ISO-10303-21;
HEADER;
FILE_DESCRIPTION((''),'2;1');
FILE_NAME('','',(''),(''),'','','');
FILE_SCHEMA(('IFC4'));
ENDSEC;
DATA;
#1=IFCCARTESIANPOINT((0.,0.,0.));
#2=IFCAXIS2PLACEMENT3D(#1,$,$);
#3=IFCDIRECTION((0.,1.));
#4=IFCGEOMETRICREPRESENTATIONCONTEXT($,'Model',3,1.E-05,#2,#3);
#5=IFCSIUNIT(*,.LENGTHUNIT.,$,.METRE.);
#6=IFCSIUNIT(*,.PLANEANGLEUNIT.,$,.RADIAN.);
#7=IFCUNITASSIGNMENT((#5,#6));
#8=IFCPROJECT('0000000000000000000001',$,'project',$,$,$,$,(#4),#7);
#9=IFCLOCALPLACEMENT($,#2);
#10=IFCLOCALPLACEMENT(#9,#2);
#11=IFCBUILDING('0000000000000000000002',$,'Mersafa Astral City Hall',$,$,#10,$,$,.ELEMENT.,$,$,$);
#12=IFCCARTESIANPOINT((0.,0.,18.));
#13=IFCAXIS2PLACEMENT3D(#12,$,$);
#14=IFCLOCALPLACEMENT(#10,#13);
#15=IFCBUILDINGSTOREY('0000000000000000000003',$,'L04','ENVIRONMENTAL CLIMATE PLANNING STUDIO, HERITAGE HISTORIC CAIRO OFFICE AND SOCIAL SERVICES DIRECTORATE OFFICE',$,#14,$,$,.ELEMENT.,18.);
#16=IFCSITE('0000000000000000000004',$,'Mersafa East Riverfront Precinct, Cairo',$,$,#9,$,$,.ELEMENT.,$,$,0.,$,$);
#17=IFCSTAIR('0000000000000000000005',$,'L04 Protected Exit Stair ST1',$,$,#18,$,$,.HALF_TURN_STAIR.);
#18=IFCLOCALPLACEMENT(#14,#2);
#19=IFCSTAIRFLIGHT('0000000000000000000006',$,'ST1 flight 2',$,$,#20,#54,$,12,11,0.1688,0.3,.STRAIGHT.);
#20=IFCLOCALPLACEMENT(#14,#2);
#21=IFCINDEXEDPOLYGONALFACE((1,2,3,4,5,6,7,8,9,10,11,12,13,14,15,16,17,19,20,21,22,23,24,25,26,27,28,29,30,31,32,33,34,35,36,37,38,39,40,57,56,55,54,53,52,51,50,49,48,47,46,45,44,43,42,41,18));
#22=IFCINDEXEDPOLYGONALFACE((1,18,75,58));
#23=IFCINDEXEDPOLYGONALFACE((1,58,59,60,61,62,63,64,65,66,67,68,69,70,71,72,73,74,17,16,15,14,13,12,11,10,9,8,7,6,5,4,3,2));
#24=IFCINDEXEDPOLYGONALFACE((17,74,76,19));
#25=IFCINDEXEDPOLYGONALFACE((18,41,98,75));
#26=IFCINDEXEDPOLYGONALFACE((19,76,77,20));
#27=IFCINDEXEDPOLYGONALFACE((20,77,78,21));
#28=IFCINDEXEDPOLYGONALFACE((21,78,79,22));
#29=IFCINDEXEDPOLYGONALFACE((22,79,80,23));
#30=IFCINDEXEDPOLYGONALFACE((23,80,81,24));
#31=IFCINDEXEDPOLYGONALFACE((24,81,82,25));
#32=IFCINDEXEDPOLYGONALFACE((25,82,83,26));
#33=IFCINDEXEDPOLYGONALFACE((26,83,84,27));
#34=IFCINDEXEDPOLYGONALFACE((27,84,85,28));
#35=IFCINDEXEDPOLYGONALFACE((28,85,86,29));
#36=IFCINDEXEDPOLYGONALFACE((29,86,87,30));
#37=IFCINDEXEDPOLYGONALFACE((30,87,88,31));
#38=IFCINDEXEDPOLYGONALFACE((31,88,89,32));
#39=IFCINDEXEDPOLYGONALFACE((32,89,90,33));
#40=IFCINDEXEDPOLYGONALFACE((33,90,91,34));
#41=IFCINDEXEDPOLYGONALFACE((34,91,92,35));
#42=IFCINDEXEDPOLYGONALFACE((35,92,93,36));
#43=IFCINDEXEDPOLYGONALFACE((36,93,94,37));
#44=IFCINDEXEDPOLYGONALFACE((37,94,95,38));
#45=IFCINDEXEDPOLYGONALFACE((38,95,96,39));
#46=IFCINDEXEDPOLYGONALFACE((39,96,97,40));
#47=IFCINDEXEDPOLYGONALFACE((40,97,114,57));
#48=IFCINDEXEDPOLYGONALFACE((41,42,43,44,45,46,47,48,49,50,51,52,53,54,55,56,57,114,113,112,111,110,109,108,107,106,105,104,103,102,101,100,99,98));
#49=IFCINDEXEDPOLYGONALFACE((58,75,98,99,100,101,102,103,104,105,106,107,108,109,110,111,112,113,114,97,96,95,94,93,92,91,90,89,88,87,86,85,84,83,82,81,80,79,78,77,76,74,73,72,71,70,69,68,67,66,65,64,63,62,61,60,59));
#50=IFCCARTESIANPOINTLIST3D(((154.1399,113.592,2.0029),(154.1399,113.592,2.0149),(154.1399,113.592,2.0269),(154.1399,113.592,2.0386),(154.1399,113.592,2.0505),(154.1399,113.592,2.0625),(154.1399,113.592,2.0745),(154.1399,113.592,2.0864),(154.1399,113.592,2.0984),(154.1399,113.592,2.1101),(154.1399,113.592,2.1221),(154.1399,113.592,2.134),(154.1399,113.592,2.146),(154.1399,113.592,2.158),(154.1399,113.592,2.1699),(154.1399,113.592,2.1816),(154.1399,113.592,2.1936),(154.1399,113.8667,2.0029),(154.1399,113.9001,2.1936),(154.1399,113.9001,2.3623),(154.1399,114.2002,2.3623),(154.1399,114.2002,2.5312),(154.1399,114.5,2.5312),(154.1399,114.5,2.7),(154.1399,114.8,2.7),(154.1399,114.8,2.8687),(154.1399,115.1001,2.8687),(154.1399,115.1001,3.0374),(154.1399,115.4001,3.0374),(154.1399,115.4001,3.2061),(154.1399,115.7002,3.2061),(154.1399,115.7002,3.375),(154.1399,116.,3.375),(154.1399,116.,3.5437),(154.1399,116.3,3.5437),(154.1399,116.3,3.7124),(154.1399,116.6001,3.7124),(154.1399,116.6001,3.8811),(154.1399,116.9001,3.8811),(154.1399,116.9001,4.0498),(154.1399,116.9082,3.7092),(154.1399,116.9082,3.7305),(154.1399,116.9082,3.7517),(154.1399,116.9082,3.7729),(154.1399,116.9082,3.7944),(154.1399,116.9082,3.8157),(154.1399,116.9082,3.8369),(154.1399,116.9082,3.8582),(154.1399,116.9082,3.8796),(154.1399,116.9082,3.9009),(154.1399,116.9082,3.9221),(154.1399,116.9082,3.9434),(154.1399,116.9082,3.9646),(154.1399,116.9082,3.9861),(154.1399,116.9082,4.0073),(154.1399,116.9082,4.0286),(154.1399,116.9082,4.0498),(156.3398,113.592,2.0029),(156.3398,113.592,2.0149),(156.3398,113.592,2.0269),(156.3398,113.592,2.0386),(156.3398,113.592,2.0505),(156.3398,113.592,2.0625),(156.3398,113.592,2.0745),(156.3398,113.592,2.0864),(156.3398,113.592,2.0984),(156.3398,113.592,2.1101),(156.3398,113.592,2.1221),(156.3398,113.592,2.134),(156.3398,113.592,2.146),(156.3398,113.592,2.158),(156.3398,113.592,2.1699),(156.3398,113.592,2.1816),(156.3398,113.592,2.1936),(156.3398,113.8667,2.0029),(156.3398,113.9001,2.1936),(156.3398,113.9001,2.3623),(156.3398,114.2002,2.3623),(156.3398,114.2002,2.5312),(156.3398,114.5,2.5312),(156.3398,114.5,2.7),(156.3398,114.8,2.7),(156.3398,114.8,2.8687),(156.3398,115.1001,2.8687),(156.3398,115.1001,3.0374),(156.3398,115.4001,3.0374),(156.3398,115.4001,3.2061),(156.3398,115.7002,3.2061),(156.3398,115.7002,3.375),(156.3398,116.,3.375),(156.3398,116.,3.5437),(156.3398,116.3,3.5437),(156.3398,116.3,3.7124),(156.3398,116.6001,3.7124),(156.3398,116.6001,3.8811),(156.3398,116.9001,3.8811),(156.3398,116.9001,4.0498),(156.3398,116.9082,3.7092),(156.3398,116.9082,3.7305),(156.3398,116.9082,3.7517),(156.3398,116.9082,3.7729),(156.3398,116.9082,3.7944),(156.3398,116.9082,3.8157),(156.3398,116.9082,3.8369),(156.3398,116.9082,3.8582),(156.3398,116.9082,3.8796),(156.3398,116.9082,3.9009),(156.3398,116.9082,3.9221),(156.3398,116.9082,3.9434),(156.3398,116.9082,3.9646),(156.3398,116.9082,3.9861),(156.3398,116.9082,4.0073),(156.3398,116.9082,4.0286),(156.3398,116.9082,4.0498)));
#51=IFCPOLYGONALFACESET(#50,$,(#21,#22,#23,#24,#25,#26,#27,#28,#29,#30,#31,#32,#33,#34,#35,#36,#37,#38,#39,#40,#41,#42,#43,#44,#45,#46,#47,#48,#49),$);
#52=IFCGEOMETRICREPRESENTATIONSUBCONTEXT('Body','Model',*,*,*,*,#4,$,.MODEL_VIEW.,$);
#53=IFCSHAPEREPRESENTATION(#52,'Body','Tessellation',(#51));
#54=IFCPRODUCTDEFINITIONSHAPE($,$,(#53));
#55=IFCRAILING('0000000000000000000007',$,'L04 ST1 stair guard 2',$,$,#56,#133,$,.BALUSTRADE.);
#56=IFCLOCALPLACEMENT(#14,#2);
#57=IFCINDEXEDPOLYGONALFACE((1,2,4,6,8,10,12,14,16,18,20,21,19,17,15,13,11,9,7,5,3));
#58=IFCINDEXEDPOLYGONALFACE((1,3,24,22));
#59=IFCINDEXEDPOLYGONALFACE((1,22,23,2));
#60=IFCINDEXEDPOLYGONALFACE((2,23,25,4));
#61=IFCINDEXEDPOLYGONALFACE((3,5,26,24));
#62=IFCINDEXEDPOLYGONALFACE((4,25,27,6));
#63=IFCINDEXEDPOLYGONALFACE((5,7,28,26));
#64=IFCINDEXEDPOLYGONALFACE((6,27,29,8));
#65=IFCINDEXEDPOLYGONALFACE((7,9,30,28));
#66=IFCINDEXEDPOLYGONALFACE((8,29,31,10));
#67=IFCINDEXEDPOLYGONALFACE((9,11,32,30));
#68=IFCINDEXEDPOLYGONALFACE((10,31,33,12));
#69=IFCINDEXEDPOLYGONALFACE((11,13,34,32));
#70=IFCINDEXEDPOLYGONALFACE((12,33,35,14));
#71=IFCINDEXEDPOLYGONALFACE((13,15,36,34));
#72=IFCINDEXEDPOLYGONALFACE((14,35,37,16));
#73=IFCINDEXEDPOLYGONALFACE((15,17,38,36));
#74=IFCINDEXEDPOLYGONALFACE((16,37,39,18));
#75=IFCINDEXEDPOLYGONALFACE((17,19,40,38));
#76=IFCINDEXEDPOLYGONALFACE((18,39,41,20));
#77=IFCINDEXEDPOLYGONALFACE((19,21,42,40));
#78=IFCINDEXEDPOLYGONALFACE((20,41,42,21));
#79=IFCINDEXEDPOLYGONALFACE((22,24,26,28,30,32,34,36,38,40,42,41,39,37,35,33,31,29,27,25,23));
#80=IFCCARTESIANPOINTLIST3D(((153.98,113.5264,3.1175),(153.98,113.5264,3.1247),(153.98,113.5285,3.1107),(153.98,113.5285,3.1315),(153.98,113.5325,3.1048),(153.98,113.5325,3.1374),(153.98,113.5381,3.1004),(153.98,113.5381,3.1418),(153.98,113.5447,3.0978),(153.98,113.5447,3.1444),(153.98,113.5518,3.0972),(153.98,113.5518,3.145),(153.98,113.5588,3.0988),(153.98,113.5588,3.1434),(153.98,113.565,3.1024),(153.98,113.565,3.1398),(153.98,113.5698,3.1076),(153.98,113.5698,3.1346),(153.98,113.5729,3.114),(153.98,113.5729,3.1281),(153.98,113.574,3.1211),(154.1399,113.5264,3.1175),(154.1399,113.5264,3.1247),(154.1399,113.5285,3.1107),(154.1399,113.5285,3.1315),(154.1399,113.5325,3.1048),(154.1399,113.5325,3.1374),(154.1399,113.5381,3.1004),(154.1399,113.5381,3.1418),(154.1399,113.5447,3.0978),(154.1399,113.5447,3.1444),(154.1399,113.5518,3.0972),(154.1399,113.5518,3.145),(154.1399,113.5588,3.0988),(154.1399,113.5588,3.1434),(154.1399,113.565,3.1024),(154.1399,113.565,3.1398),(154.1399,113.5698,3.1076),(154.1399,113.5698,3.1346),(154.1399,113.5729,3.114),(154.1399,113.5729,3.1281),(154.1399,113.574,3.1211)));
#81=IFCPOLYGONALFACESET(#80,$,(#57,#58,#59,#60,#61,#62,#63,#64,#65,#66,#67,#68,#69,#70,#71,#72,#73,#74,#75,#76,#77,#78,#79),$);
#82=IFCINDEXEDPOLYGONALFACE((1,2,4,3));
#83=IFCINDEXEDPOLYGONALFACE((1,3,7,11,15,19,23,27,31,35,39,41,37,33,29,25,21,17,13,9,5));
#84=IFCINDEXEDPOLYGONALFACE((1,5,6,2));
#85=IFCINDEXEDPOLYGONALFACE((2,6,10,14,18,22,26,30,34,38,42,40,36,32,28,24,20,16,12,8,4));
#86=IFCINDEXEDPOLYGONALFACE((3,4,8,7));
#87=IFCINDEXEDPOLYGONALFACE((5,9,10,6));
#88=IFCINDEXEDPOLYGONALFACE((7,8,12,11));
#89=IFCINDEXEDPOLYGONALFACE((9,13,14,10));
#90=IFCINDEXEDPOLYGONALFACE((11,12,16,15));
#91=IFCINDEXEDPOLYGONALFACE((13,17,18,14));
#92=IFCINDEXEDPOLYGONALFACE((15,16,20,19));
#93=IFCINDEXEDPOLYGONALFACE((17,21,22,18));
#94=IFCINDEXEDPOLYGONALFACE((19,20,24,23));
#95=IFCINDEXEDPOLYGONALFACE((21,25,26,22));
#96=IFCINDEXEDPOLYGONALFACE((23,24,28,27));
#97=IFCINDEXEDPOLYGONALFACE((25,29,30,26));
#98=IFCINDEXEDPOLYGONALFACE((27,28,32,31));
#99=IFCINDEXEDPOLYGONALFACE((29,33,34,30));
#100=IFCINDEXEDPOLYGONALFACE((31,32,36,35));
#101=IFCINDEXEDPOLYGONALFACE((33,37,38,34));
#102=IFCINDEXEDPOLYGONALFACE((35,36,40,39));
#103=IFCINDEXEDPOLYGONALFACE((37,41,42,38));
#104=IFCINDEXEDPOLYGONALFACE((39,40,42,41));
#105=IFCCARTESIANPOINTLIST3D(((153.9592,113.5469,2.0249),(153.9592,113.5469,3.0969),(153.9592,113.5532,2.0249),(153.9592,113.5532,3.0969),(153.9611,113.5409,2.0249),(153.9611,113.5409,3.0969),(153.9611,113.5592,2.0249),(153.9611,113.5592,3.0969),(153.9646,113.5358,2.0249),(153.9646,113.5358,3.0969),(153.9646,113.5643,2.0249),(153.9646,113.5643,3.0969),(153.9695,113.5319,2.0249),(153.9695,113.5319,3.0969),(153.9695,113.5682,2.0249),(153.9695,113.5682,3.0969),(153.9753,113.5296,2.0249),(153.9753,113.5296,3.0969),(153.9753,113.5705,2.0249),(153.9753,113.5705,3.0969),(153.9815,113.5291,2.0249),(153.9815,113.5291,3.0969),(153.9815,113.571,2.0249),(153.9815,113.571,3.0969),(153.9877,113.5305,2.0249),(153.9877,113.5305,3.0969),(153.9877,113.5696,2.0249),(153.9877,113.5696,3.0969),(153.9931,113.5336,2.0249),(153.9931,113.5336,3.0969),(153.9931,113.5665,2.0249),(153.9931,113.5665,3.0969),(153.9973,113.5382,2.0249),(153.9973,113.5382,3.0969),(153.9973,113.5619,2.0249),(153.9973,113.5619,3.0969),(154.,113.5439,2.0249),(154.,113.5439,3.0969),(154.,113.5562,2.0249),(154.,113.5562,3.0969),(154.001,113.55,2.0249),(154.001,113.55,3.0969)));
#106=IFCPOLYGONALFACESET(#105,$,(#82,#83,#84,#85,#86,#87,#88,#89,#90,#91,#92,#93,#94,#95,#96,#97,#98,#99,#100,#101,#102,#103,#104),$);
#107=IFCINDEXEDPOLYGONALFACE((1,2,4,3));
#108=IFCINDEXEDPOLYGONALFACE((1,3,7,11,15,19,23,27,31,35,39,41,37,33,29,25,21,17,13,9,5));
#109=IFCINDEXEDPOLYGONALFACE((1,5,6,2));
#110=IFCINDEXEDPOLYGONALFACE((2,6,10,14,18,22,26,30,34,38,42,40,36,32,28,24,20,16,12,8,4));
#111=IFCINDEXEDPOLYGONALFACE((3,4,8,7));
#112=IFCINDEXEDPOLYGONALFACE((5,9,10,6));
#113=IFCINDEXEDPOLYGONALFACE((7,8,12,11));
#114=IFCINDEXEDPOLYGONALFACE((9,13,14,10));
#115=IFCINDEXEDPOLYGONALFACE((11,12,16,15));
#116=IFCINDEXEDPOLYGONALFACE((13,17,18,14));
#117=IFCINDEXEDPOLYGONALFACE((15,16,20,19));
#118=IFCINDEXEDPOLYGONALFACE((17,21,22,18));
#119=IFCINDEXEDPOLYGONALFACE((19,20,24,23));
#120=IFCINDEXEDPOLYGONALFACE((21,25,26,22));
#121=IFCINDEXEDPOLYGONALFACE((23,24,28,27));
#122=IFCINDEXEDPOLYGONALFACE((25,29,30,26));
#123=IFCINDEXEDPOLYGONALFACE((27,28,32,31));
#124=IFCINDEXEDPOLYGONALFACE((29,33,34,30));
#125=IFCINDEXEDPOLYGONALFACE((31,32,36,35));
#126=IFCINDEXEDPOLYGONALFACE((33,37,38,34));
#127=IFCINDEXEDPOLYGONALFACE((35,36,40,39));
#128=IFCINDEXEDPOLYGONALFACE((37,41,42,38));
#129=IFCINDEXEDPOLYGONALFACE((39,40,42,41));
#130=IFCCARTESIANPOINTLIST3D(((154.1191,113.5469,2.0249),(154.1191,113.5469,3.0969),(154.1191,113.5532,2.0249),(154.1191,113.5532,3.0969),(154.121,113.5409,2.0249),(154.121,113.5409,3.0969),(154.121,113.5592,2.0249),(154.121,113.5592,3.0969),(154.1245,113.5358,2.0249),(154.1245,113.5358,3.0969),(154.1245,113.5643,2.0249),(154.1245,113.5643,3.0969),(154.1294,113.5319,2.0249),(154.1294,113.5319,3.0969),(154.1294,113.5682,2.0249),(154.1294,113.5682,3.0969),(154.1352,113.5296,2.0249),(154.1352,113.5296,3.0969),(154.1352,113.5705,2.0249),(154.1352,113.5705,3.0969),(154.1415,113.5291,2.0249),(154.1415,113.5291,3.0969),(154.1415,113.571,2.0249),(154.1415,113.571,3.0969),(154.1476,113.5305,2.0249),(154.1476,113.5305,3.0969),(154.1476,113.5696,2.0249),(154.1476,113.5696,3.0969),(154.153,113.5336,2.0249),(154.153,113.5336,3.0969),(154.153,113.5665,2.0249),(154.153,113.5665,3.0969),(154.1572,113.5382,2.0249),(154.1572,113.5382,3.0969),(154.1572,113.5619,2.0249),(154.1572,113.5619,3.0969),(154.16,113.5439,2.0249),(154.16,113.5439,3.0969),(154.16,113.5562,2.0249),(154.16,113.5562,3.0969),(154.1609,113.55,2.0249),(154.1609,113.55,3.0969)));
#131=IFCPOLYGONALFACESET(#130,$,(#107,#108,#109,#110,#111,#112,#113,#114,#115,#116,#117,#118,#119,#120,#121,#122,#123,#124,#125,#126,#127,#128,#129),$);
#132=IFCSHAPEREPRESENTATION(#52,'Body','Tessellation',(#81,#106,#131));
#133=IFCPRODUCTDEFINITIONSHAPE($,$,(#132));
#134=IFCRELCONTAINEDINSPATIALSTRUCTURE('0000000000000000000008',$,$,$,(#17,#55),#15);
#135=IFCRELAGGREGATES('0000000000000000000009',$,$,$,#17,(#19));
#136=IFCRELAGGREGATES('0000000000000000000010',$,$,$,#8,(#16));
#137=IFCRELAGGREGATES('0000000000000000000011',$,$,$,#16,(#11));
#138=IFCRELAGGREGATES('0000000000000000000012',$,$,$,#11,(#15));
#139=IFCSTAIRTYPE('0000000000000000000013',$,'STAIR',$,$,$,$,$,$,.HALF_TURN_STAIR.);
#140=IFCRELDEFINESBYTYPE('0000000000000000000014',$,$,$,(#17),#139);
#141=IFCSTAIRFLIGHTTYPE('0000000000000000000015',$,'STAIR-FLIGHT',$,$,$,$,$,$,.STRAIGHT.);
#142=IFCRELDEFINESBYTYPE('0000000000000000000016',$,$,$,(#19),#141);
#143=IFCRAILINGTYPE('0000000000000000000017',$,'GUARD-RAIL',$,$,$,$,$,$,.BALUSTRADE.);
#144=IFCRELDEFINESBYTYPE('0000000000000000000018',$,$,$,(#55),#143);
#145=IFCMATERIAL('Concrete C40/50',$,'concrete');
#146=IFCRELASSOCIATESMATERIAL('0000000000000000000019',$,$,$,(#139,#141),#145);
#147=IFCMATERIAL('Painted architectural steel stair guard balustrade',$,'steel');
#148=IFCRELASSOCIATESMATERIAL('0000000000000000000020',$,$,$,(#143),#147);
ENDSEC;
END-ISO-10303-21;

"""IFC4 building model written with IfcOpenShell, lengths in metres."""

from ifc_helpers import new_model, si_unit, direction, frame, origin, origin_2d, place, context, subcontext, project, spatial, polyline, circle, outline, extrude, material, type_object, element, aggregate, save


model = new_model("IFC4")

# Units and contexts
model_context = context("Model", 3, precision=1e-05, world=origin(), true_north=direction((0.0, 1.0)))
body_context = subcontext(model_context, "Body", "Model", "MODEL_VIEW")
ifc_project = project(units=[si_unit("LENGTHUNIT", "METRE"), si_unit("PLANEANGLEUNIT", "RADIAN")], contexts=[model_context])

# Site, building, storey
site_placement = place(None, origin())
site = spatial("IfcSite", under=ifc_project, at=site_placement, Name="Mersafa East Riverfront Precinct, Cairo", CompositionType="ELEMENT", RefElevation=0.0)
building_placement = place(site_placement, origin())
building = spatial("IfcBuilding", under=site, at=building_placement, Name="Mersafa Astral City Hall", CompositionType="ELEMENT")
storey_placement = place(building_placement, frame((0.0, 0.0, 18.0)))
storey = spatial("IfcBuildingStorey", under=building, at=storey_placement, Name="L04", Description="ENVIRONMENTAL CLIMATE PLANNING STUDIO, HERITAGE HISTORIC CAIRO OFFICE AND SOCIAL SERVICES DIRECTORATE OFFICE", CompositionType="ELEMENT", Elevation=18.0)

# Shared definitions
ifc_material_1 = material(Name="Concrete C40/50", Category="concrete")

# Stair, stair flight
stair_type = type_object("IfcStairType", Name="STAIR", PredefinedType="HALF_TURN_STAIR", material=ifc_material_1)
stair_placement = place(storey_placement, origin())
stair = element("IfcStair", 1, at=stair_placement, inside=storey, type_object=stair_type, Name="L04 Protected Exit Stair ST1", PredefinedType="HALF_TURN_STAIR")
stair_flight_type = type_object("IfcStairFlightType", Name="STAIR-FLIGHT", PredefinedType="STRAIGHT", material=ifc_material_1)
stair_flight_placement = place(storey_placement, frame((155.24, 113.6001, 2.0249), z_axis=(0.0, 0.0, 1.0), x_axis=(0.0, 1.0, 0.0)))
stair_flight = element("IfcStairFlight", 2, at=stair_flight_placement, type_object=stair_flight_type, Name="ST1 flight 2", NumberOfRisers=12, NumberOfTreads=11, PredefinedType="STRAIGHT", RiserHeight=0.1688, TreadLength=0.3, context=body_context, shape_type="SweptSolid", body=[
    extrude(outline(polyline([(-0.0081, -0.022), (-0.0081, -0.01), (-0.0081, 0.002), (-0.0081, 0.0137), (-0.0081, 0.0256), (-0.0081, 0.0376), (-0.0081, 0.0496), (-0.0081, 0.0615), (-0.0081, 0.0735), (-0.0081, 0.0852), (-0.0081, 0.0972), (-0.0081, 0.1091), (-0.0081, 0.1211), (-0.0081, 0.1331), (-0.0081, 0.145), (-0.0081, 0.1567), (-0.0081, 0.1687), (0.3, 0.1687), (0.3, 0.3374), (0.6001, 0.3374), (0.6001, 0.5063), (0.8999, 0.5063), (0.8999, 0.675), (1.2, 0.675), (1.2, 0.8438), (1.5, 0.8438), (1.5, 1.0125), (1.8, 1.0125), (1.8, 1.1812), (2.1001, 1.1812), (2.1001, 1.3501), (2.3999, 1.3501), (2.3999, 1.5188), (2.7, 1.5188), (2.7, 1.6875), (3.0, 1.6875), (3.0, 1.8562), (3.3, 1.8562), (3.3, 2.0249), (3.3081, 2.0249), (3.3081, 2.0037), (3.3081, 1.9824), (3.3081, 1.9612), (3.3081, 1.9397), (3.3081, 1.9185), (3.3081, 1.8972), (3.3081, 1.876), (3.3081, 1.8547), (3.3081, 1.8333), (3.3081, 1.812), (3.3081, 1.7908), (3.3081, 1.7695), (3.3081, 1.748), (3.3081, 1.7268), (3.3081, 1.7056), (3.3081, 1.6843), (0.2666, -0.022), (-0.0081, -0.022)])), frame((0.0, 1.1001, 0.0), z_axis=(0.0, -1.0, 0.0), x_axis=(1.0, 0.0, 0.0)), (0.0, 0.0, 1.0), 2.2),
])
aggregate(stair, [stair_flight])

# Railing
ifc_material_2 = material(Name="Painted architectural steel stair guard balustrade", Category="steel")
railing_type_1 = type_object("IfcRailingType", Name="GUARD-RAIL", PredefinedType="BALUSTRADE", material=ifc_material_2)
railing_1_placement = place(storey_placement, frame((153.98, 113.55, 2.0249)))
element("IfcRailing", 3, at=railing_1_placement, inside=storey, type_object=railing_type_1, Name="L04 ST1 stair guard 2", PredefinedType="BALUSTRADE", context=body_context, shape_type="SweptSolid", body=[
    extrude(circle(Radius=0.0239, at=origin_2d()), frame((0.0, 0.0, 1.0962), z_axis=(1.0, 0.0, 0.0), x_axis=(0.0, 1.0, 0.0)), (0.0, 0.0, 1.0), 0.1599),
    extrude(circle(Radius=0.021, at=origin_2d()), origin(), (0.0, 0.0, 1.0), 1.072),
    extrude(circle(Radius=0.021, at=origin_2d()), frame((0.1599, 0.0, 0.0)), (0.0, 0.0, 1.0), 1.072),
])

save(model, "model.ifc")
